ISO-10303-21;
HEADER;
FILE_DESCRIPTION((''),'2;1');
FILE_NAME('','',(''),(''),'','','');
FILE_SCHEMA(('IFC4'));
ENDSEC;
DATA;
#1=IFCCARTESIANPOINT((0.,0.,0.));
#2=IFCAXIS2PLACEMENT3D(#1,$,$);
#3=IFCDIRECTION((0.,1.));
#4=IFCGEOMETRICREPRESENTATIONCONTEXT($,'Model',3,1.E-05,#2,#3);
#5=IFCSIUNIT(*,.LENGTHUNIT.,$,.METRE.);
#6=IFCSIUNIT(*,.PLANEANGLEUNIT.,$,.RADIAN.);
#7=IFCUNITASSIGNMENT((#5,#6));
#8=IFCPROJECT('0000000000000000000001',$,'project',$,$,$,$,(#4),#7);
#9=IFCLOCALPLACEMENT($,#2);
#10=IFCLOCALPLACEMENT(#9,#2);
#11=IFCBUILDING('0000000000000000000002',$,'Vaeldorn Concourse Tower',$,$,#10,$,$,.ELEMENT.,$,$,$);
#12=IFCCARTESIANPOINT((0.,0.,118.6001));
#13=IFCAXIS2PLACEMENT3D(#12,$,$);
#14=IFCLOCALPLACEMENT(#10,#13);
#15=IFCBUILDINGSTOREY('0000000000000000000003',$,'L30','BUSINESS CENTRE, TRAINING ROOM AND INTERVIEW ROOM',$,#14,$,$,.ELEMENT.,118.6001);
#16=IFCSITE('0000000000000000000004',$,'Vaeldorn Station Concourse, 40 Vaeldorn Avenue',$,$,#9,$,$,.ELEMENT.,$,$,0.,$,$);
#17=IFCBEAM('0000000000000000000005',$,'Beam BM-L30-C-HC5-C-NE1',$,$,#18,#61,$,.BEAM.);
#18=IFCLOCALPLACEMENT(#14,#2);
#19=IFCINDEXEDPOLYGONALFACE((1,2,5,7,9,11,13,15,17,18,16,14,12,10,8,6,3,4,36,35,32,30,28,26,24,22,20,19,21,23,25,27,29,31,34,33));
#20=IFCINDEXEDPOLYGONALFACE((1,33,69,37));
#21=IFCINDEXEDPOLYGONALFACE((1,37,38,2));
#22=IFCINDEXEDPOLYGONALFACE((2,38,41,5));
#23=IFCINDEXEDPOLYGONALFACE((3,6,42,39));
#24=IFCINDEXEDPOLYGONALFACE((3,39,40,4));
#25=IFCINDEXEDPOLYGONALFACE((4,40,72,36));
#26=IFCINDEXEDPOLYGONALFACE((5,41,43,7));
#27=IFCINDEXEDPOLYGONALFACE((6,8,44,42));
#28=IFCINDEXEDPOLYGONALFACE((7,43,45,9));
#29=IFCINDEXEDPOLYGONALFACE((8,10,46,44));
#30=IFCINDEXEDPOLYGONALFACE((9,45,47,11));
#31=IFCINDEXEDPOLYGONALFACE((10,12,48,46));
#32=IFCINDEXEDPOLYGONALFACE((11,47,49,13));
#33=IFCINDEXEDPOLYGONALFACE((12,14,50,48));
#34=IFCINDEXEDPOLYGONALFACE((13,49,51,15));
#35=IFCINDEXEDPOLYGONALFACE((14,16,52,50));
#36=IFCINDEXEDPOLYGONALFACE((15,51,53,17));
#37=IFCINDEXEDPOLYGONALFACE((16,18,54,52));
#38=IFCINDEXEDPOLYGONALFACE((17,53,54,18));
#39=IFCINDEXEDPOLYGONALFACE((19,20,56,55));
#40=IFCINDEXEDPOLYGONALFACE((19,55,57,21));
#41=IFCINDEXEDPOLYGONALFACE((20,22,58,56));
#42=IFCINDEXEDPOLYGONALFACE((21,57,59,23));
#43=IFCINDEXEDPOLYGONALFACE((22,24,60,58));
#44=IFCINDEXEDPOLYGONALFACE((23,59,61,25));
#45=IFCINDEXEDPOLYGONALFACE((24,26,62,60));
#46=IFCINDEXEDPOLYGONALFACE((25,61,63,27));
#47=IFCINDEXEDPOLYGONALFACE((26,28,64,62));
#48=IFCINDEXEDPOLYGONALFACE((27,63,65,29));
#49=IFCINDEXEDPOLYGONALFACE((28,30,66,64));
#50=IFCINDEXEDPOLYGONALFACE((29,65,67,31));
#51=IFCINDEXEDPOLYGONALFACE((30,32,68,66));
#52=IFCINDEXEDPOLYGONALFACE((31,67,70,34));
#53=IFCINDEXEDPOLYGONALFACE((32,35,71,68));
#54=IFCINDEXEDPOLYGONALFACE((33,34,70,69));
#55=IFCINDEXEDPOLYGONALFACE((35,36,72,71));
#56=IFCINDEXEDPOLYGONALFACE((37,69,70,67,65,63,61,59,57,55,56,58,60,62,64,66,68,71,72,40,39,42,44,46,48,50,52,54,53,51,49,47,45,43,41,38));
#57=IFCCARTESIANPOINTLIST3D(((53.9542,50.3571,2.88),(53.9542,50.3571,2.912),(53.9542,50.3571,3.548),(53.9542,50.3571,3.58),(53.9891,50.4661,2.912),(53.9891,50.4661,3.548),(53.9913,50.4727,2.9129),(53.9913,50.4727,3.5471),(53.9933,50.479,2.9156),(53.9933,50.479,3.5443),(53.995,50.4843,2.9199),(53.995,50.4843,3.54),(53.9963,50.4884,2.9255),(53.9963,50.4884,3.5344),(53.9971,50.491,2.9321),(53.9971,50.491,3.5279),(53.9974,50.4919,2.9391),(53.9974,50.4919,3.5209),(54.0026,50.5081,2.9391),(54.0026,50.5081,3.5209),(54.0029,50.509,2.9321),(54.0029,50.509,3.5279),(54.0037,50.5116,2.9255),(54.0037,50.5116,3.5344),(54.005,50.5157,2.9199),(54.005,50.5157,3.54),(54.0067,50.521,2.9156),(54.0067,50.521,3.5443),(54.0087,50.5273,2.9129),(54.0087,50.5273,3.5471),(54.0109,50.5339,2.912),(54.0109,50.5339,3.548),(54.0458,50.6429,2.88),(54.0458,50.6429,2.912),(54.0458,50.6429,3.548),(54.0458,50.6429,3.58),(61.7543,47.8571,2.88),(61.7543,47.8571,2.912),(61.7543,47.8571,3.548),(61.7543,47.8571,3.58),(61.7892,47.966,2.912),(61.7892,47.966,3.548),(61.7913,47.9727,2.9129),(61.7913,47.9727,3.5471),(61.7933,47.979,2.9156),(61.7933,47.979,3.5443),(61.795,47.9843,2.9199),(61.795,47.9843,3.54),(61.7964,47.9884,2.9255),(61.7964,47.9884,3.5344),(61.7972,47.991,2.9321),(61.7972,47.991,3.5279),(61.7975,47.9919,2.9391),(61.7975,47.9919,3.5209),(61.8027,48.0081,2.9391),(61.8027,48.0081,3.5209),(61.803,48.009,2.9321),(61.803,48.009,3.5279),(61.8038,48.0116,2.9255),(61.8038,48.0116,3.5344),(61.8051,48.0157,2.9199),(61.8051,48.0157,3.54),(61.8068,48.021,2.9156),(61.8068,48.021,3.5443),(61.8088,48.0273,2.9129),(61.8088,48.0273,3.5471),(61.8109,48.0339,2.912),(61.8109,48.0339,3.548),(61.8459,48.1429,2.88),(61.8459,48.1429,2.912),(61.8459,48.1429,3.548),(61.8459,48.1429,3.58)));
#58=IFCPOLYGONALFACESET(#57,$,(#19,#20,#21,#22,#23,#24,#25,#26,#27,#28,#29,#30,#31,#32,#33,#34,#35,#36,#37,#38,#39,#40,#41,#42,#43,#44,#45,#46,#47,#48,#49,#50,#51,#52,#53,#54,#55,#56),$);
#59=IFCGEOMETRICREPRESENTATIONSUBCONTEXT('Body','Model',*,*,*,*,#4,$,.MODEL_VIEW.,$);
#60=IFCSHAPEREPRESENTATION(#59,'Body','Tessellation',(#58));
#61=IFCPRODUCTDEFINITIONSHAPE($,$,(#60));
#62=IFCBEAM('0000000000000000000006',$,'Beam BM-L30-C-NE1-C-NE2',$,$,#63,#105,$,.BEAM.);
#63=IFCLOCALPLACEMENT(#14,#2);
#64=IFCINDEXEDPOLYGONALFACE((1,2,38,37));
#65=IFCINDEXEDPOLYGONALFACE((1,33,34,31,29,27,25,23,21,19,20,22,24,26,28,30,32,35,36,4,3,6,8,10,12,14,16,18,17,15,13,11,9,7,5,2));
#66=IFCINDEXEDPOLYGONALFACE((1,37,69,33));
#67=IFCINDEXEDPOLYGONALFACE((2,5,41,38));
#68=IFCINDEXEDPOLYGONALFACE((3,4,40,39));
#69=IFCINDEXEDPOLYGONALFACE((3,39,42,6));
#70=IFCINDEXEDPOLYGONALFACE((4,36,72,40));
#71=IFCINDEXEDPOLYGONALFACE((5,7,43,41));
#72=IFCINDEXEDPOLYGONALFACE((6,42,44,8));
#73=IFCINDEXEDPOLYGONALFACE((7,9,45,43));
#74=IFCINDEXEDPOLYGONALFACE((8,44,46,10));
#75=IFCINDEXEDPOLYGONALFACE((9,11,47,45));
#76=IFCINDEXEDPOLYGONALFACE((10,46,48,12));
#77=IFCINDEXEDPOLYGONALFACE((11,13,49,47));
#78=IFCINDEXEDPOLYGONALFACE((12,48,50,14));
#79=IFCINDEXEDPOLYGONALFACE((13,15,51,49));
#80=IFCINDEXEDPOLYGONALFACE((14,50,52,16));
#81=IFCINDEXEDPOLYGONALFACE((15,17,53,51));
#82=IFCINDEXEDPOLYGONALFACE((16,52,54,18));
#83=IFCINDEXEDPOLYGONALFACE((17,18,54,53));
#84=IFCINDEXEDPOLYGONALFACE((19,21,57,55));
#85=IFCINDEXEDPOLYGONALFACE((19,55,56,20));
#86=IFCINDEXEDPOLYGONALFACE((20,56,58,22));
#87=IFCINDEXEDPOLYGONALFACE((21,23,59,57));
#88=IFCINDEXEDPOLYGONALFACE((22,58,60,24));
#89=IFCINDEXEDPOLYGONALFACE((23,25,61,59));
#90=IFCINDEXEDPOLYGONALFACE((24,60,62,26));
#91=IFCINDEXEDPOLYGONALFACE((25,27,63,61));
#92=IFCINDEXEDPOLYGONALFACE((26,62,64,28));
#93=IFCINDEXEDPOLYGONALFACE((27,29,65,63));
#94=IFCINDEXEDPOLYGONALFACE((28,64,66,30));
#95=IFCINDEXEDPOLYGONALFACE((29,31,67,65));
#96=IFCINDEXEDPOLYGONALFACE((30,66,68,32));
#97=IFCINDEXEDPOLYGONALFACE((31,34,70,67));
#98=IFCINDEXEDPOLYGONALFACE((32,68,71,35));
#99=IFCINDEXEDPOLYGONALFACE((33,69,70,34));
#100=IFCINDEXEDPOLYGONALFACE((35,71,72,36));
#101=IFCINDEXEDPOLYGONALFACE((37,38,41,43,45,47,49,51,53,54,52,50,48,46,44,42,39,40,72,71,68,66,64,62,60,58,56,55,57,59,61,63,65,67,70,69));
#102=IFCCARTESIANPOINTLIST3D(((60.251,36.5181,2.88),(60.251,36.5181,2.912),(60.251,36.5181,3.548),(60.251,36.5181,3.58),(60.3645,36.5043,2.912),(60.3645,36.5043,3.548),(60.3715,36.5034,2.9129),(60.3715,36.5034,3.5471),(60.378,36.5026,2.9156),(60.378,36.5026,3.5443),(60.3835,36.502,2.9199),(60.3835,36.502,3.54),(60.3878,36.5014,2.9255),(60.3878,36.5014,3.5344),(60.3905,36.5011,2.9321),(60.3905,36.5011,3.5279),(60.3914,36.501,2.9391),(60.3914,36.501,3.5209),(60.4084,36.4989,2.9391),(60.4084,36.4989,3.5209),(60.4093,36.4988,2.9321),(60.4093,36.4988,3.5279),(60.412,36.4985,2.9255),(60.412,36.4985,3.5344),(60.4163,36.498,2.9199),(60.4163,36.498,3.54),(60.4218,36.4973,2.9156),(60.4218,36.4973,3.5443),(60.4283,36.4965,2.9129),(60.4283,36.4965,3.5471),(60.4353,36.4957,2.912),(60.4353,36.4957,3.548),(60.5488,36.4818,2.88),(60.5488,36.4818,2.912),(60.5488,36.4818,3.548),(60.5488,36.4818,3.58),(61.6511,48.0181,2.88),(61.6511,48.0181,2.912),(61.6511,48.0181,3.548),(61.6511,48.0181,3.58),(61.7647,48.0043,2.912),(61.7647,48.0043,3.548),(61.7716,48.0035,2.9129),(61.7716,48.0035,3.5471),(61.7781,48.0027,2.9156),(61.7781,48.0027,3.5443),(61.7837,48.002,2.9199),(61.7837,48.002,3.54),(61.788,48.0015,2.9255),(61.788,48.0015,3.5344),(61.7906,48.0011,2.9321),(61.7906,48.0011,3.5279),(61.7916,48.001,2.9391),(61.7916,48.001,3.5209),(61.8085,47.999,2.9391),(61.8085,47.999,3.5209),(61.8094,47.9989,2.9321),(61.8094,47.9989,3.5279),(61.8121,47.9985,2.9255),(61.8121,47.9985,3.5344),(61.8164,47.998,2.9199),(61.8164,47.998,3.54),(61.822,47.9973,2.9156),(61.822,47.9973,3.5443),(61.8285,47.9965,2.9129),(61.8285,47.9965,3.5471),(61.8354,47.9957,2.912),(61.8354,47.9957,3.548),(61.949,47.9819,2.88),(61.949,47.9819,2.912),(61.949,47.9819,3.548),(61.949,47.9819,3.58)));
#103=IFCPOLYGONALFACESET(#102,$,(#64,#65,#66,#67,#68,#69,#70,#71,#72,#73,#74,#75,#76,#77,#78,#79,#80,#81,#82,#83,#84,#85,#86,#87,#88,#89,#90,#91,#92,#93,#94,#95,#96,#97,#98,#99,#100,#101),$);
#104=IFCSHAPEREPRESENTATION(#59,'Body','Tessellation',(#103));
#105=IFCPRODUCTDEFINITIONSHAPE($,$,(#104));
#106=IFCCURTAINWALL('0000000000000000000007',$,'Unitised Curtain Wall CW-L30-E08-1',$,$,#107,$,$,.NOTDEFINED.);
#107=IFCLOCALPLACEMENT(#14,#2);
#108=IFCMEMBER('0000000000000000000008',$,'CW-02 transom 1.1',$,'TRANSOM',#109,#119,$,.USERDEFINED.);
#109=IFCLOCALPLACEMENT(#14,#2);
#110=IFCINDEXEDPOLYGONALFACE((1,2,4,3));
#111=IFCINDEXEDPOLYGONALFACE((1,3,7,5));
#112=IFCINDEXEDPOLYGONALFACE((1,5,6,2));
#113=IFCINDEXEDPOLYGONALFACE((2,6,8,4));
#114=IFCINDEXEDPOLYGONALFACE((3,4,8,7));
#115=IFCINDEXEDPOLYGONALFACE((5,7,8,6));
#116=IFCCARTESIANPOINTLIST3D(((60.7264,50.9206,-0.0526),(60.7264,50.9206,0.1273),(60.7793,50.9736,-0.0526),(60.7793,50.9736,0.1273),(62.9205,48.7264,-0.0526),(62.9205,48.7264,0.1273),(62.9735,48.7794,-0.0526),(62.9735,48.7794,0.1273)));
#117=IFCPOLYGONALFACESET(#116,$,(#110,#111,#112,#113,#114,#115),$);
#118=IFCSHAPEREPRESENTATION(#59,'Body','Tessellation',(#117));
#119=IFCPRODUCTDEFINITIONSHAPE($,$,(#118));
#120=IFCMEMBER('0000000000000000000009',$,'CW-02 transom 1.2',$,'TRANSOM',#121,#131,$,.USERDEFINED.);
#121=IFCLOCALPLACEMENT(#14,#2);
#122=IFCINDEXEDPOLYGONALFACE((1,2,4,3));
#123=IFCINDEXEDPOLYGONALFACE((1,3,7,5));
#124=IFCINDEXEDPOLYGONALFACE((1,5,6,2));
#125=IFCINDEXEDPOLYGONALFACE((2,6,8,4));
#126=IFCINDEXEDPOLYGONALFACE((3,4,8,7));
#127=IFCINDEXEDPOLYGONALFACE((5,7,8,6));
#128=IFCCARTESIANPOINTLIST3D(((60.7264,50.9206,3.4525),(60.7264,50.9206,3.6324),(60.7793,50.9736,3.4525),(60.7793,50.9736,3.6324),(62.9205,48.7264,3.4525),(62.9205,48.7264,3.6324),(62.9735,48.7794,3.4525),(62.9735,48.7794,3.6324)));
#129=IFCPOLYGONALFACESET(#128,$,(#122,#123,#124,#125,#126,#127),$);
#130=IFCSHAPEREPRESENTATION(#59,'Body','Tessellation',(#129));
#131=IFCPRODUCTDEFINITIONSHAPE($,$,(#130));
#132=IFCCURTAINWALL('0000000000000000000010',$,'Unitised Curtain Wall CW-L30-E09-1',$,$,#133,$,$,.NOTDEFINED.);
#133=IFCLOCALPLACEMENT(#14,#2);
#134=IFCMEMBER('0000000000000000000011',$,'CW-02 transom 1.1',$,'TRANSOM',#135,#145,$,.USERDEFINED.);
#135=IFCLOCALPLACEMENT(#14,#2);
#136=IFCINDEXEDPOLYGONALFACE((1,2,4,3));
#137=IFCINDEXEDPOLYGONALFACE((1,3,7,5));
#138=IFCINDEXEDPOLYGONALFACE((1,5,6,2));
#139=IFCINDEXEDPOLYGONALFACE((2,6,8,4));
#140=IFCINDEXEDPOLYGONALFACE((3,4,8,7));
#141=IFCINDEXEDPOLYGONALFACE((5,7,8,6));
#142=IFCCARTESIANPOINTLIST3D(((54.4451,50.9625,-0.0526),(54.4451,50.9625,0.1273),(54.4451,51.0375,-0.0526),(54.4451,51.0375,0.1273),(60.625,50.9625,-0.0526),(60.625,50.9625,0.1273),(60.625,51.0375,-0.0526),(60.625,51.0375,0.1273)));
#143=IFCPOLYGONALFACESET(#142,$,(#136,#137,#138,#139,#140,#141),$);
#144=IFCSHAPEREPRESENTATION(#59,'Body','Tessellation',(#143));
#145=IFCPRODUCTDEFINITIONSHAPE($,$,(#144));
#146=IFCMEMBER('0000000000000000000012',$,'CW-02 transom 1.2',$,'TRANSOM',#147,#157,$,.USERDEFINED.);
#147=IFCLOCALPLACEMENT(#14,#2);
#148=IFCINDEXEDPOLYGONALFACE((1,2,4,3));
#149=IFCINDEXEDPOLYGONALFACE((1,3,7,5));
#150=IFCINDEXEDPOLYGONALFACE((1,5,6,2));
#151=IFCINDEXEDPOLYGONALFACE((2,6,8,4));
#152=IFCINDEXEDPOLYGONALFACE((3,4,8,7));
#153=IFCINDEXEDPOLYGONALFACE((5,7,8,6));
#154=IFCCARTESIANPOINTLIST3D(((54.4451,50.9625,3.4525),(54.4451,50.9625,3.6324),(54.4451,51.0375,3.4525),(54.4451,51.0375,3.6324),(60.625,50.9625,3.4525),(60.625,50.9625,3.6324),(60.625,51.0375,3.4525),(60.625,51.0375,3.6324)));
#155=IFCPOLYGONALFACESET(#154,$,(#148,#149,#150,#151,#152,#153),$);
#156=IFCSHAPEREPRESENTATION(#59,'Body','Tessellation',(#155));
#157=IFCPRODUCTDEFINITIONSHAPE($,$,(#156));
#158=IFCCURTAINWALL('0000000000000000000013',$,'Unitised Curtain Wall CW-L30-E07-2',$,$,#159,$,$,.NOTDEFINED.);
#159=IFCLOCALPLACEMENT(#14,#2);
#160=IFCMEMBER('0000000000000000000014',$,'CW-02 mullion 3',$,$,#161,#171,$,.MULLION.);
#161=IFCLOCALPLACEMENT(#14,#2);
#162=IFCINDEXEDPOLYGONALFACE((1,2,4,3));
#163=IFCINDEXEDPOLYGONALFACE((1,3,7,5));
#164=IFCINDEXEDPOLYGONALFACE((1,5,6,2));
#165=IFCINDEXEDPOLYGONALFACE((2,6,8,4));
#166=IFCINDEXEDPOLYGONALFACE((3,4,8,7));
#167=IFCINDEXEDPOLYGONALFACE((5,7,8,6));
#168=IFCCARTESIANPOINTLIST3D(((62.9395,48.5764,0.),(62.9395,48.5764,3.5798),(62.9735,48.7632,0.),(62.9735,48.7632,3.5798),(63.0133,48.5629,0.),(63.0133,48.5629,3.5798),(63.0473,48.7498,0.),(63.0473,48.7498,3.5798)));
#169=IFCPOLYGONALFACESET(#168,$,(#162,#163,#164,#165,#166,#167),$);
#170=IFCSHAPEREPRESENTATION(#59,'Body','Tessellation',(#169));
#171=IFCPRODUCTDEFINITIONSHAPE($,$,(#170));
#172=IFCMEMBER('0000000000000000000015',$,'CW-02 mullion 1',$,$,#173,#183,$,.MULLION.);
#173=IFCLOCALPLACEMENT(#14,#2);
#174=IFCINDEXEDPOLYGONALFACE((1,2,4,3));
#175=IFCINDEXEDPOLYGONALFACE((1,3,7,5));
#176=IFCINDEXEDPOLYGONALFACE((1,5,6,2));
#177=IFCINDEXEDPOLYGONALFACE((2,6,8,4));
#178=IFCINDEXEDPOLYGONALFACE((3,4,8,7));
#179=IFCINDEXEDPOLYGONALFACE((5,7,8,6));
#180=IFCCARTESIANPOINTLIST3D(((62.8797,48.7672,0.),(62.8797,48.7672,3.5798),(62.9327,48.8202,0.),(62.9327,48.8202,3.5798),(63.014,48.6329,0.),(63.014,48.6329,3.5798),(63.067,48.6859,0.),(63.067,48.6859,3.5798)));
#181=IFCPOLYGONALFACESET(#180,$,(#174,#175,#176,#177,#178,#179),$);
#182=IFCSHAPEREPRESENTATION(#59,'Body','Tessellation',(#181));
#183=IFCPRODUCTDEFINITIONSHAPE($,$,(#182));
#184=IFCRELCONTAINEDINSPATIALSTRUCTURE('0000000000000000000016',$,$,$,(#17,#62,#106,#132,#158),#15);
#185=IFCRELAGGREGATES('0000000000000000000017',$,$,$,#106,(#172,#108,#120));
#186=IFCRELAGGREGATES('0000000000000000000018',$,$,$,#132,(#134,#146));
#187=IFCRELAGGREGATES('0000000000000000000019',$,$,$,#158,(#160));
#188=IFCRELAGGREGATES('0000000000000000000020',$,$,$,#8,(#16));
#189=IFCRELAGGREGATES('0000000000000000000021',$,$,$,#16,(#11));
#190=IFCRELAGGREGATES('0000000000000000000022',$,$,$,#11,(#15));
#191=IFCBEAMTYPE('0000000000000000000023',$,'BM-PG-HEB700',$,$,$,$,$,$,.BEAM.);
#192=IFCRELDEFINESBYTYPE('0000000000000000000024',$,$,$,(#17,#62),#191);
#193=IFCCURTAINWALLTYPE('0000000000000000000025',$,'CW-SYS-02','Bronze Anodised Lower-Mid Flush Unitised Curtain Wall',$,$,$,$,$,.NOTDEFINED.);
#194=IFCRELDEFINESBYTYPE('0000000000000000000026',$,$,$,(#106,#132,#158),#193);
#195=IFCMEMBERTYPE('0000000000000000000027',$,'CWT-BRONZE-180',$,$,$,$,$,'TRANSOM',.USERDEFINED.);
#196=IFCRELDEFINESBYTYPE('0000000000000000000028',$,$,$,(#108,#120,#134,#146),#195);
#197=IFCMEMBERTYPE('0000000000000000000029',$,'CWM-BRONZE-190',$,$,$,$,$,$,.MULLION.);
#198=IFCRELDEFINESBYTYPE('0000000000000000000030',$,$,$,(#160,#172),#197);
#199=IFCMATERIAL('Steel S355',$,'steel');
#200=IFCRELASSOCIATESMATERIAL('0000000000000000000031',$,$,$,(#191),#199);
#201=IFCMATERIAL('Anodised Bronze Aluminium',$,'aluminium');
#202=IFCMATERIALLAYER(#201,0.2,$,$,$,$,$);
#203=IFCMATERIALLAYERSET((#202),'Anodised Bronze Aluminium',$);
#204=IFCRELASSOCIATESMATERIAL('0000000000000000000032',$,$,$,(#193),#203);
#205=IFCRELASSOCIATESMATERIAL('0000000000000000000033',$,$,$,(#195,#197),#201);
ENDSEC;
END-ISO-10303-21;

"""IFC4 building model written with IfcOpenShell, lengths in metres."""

from ifc_helpers import new_model, si_unit, direction, frame, origin, origin_2d, place, context, subcontext, project, spatial, rectangle, i_section, extrude, source, transform, mapped, material, layer, layer_set, material_profile, profile_set, type_object, element, aggregate, save


model = new_model("IFC4")

# Units and contexts
model_context = context("Model", 3, precision=1e-05, world=origin(), true_north=direction((0.0, 1.0)))
body_context = subcontext(model_context, "Body", "Model", "MODEL_VIEW")
ifc_project = project(units=[si_unit("LENGTHUNIT", "METRE"), si_unit("PLANEANGLEUNIT", "RADIAN")], contexts=[model_context])

# Site, building, storey
site_placement = place(None, origin())
site = spatial("IfcSite", under=ifc_project, at=site_placement, Name="Vaeldorn Station Concourse, 40 Vaeldorn Avenue", CompositionType="ELEMENT", RefElevation=0.0)
building_placement = place(site_placement, origin())
building = spatial("IfcBuilding", under=site, at=building_placement, Name="Vaeldorn Concourse Tower", CompositionType="ELEMENT")
storey_placement = place(building_placement, frame((0.0, 0.0, 118.6001)))
storey = spatial("IfcBuildingStorey", under=building, at=storey_placement, Name="L30", Description="BUSINESS CENTRE, TRAINING ROOM AND INTERVIEW ROOM", CompositionType="ELEMENT", Elevation=118.6001)

# Beams
ifc_material_1 = material(Name="Steel S355", Category="steel")
ifc_material_profile_1 = material_profile(ifc_material_1, i_section(OverallWidth=0.3, OverallDepth=0.7, WebThickness=0.0171, FlangeThickness=0.032, FilletRadius=0.0271, at=origin_2d()), Name="HEB 700")
ifc_profile_set_1 = profile_set([ifc_material_profile_1], Name="Steel S355")
beam_type_1 = type_object("IfcBeamType", Name="BM-PG-HEB700", PredefinedType="BEAM", material=ifc_profile_set_1)
shared_shape_1 = source(origin(), body_context, "Body", "SweptSolid", [
    extrude(i_section(OverallWidth=0.3, OverallDepth=0.7, WebThickness=0.0171, FlangeThickness=0.032, FilletRadius=0.0271, at=origin_2d()), origin(), (0.0, 0.0, 1.0), 8.1909),
])
beam_1_placement = place(storey_placement, frame((54.0, 50.5, 3.23), z_axis=(0.952283, -0.305217, 0.0), x_axis=(0.305217, 0.952283, 0.0)))
element("IfcBeam", 1, at=beam_1_placement, inside=storey, type_object=beam_type_1, Name="Beam BM-L30-C-HC5-C-NE1", PredefinedType="BEAM", context=body_context, shape_type="MappedRepresentation", body=[
    mapped(shared_shape_1, transform((0.0, 0.0, 0.0), scale=1.0)),
])
shared_shape_2 = source(origin(), body_context, "Body", "SweptSolid", [
    extrude(i_section(OverallWidth=0.3, OverallDepth=0.7, WebThickness=0.0171, FlangeThickness=0.032, FilletRadius=0.0271, at=origin_2d()), origin(), (0.0, 0.0, 1.0), 11.585),
])
beam_2_placement = place(storey_placement, frame((61.8, 48.0, 3.23), z_axis=(-0.120859, -0.99267, 0.0), x_axis=(0.99267, -0.120859, 0.0)))
element("IfcBeam", 2, at=beam_2_placement, inside=storey, type_object=beam_type_1, Name="Beam BM-L30-C-NE1-C-NE2", PredefinedType="BEAM", context=body_context, shape_type="MappedRepresentation", body=[
    mapped(shared_shape_2, transform((0.0, 0.0, 0.0), scale=1.0)),
])

# Curtain walls, members
ifc_material_2 = material(Name="Anodised Bronze Aluminium", Category="aluminium")
ifc_layer_1 = layer(ifc_material_2, 0.2)
ifc_layer_set_1 = layer_set([ifc_layer_1], Name="Anodised Bronze Aluminium")
curtain_wall_type = type_object("IfcCurtainWallType", Name="CW-SYS-02", Description="Bronze Anodised Lower-Mid Flush Unitised Curtain Wall", PredefinedType="NOTDEFINED", material=ifc_layer_set_1)
curtain_wall_1_placement = place(storey_placement, origin())
curtain_wall_1 = element("IfcCurtainWall", 3, at=curtain_wall_1_placement, inside=storey, type_object=curtain_wall_type, Name="Unitised Curtain Wall CW-L30-E08-1", PredefinedType="NOTDEFINED")
ifc_material_profile_2 = material_profile(ifc_material_2, rectangle(XDim=0.075, YDim=0.1799, at=origin_2d()), Name="CWT 75x180")
ifc_profile_set_2 = profile_set([ifc_material_profile_2], Name="Anodised Bronze Aluminium")
member_type_1 = type_object("IfcMemberType", Name="CWT-BRONZE-180", ElementType="TRANSOM", PredefinedType="USERDEFINED", material=ifc_profile_set_2)
shared_shape_3 = source(origin(), body_context, "Body", "SweptSolid", [
    extrude(rectangle(XDim=0.075, YDim=0.1799, at=origin_2d()), origin(), (0.0, 0.0, 1.0), 3.103),
])
member_1_placement = place(storey_placement, frame((62.947, 48.7529, 0.0374), z_axis=(-0.707107, 0.707107, 0.0), x_axis=(-0.707107, -0.707107, 0.0)))
member_1 = element("IfcMember", 4, at=member_1_placement, type_object=member_type_1, Name="CW-02 transom 1.1", ObjectType="TRANSOM", PredefinedType="USERDEFINED", context=body_context, shape_type="MappedRepresentation", body=[
    mapped(shared_shape_3, transform((0.0, 0.0, 0.0), scale=1.0)),
])
member_2_placement = place(storey_placement, frame((62.947, 48.7529, 3.5425), z_axis=(-0.707107, 0.707107, 0.0), x_axis=(-0.707107, -0.707107, 0.0)))
member_2 = element("IfcMember", 5, at=member_2_placement, type_object=member_type_1, Name="CW-02 transom 1.2", ObjectType="TRANSOM", PredefinedType="USERDEFINED", context=body_context, shape_type="MappedRepresentation", body=[
    mapped(shared_shape_3, transform((0.0, 0.0, 0.0), scale=1.0)),
])
curtain_wall_2_placement = place(storey_placement, origin())
curtain_wall_2 = element("IfcCurtainWall", 6, at=curtain_wall_2_placement, inside=storey, type_object=curtain_wall_type, Name="Unitised Curtain Wall CW-L30-E09-1", PredefinedType="NOTDEFINED")
shared_shape_4 = source(origin(), body_context, "Body", "SweptSolid", [
    extrude(rectangle(XDim=0.075, YDim=0.1799, at=origin_2d()), origin(), (0.0, 0.0, 1.0), 6.1799),
])
member_3_placement = place(storey_placement, frame((60.625, 51.0, 0.0374), z_axis=(-1.0, 0.0, 0.0), x_axis=(0.0, -1.0, 0.0)))
member_3 = element("IfcMember", 7, at=member_3_placement, type_object=member_type_1, Name="CW-02 transom 1.1", ObjectType="TRANSOM", PredefinedType="USERDEFINED", context=body_context, shape_type="MappedRepresentation", body=[
    mapped(shared_shape_4, transform((0.0, 0.0, 0.0), scale=1.0)),
])
member_4_placement = place(storey_placement, frame((60.625, 51.0, 3.5425), z_axis=(-1.0, 0.0, 0.0), x_axis=(0.0, -1.0, 0.0)))
member_4 = element("IfcMember", 8, at=member_4_placement, type_object=member_type_1, Name="CW-02 transom 1.2", ObjectType="TRANSOM", PredefinedType="USERDEFINED", context=body_context, shape_type="MappedRepresentation", body=[
    mapped(shared_shape_4, transform((0.0, 0.0, 0.0), scale=1.0)),
])

# Curtain wall, member
curtain_wall_3_placement = place(storey_placement, origin())
curtain_wall_3 = element("IfcCurtainWall", 9, at=curtain_wall_3_placement, inside=storey, type_object=curtain_wall_type, Name="Unitised Curtain Wall CW-L30-E07-2", PredefinedType="NOTDEFINED")
ifc_material_profile_3 = material_profile(ifc_material_2, rectangle(XDim=0.075, YDim=0.1899, at=origin_2d()), Name="CWM 75x190")
ifc_profile_set_3 = profile_set([ifc_material_profile_3], Name="Anodised Bronze Aluminium")
member_type_2 = type_object("IfcMemberType", Name="CWM-BRONZE-190", PredefinedType="MULLION", material=ifc_profile_set_3)
shared_shape_5 = source(origin(), body_context, "Body", "SweptSolid", [
    extrude(rectangle(XDim=0.075, YDim=0.1899, at=origin_2d()), origin(), (0.0, 0.0, 1.0), 3.5798),
])
member_5_placement = place(storey_placement, frame((62.9934, 48.6631, 0.0), z_axis=(0.0, 0.0, 1.0), x_axis=(-0.983843, 0.179032, 0.0)))
member_5 = element("IfcMember", 10, at=member_5_placement, type_object=member_type_2, Name="CW-02 mullion 3", PredefinedType="MULLION", context=body_context, shape_type="MappedRepresentation", body=[
    mapped(shared_shape_5, transform((0.0, 0.0, 0.0), scale=1.0)),
])

# Member
member_6_placement = place(storey_placement, frame((62.9734, 48.7266, 0.0), z_axis=(0.0, 0.0, 1.0), x_axis=(-0.707107, -0.707107, 0.0)))
member_6 = element("IfcMember", 11, at=member_6_placement, type_object=member_type_2, Name="CW-02 mullion 1", PredefinedType="MULLION", context=body_context, shape_type="MappedRepresentation", body=[
    mapped(shared_shape_5, transform((0.0, 0.0, 0.0), scale=1.0)),
])

aggregate(curtain_wall_1, [member_6, member_1, member_2])
aggregate(curtain_wall_2, [member_3, member_4])
aggregate(curtain_wall_3, [member_5])

save(model, "model.ifc")
